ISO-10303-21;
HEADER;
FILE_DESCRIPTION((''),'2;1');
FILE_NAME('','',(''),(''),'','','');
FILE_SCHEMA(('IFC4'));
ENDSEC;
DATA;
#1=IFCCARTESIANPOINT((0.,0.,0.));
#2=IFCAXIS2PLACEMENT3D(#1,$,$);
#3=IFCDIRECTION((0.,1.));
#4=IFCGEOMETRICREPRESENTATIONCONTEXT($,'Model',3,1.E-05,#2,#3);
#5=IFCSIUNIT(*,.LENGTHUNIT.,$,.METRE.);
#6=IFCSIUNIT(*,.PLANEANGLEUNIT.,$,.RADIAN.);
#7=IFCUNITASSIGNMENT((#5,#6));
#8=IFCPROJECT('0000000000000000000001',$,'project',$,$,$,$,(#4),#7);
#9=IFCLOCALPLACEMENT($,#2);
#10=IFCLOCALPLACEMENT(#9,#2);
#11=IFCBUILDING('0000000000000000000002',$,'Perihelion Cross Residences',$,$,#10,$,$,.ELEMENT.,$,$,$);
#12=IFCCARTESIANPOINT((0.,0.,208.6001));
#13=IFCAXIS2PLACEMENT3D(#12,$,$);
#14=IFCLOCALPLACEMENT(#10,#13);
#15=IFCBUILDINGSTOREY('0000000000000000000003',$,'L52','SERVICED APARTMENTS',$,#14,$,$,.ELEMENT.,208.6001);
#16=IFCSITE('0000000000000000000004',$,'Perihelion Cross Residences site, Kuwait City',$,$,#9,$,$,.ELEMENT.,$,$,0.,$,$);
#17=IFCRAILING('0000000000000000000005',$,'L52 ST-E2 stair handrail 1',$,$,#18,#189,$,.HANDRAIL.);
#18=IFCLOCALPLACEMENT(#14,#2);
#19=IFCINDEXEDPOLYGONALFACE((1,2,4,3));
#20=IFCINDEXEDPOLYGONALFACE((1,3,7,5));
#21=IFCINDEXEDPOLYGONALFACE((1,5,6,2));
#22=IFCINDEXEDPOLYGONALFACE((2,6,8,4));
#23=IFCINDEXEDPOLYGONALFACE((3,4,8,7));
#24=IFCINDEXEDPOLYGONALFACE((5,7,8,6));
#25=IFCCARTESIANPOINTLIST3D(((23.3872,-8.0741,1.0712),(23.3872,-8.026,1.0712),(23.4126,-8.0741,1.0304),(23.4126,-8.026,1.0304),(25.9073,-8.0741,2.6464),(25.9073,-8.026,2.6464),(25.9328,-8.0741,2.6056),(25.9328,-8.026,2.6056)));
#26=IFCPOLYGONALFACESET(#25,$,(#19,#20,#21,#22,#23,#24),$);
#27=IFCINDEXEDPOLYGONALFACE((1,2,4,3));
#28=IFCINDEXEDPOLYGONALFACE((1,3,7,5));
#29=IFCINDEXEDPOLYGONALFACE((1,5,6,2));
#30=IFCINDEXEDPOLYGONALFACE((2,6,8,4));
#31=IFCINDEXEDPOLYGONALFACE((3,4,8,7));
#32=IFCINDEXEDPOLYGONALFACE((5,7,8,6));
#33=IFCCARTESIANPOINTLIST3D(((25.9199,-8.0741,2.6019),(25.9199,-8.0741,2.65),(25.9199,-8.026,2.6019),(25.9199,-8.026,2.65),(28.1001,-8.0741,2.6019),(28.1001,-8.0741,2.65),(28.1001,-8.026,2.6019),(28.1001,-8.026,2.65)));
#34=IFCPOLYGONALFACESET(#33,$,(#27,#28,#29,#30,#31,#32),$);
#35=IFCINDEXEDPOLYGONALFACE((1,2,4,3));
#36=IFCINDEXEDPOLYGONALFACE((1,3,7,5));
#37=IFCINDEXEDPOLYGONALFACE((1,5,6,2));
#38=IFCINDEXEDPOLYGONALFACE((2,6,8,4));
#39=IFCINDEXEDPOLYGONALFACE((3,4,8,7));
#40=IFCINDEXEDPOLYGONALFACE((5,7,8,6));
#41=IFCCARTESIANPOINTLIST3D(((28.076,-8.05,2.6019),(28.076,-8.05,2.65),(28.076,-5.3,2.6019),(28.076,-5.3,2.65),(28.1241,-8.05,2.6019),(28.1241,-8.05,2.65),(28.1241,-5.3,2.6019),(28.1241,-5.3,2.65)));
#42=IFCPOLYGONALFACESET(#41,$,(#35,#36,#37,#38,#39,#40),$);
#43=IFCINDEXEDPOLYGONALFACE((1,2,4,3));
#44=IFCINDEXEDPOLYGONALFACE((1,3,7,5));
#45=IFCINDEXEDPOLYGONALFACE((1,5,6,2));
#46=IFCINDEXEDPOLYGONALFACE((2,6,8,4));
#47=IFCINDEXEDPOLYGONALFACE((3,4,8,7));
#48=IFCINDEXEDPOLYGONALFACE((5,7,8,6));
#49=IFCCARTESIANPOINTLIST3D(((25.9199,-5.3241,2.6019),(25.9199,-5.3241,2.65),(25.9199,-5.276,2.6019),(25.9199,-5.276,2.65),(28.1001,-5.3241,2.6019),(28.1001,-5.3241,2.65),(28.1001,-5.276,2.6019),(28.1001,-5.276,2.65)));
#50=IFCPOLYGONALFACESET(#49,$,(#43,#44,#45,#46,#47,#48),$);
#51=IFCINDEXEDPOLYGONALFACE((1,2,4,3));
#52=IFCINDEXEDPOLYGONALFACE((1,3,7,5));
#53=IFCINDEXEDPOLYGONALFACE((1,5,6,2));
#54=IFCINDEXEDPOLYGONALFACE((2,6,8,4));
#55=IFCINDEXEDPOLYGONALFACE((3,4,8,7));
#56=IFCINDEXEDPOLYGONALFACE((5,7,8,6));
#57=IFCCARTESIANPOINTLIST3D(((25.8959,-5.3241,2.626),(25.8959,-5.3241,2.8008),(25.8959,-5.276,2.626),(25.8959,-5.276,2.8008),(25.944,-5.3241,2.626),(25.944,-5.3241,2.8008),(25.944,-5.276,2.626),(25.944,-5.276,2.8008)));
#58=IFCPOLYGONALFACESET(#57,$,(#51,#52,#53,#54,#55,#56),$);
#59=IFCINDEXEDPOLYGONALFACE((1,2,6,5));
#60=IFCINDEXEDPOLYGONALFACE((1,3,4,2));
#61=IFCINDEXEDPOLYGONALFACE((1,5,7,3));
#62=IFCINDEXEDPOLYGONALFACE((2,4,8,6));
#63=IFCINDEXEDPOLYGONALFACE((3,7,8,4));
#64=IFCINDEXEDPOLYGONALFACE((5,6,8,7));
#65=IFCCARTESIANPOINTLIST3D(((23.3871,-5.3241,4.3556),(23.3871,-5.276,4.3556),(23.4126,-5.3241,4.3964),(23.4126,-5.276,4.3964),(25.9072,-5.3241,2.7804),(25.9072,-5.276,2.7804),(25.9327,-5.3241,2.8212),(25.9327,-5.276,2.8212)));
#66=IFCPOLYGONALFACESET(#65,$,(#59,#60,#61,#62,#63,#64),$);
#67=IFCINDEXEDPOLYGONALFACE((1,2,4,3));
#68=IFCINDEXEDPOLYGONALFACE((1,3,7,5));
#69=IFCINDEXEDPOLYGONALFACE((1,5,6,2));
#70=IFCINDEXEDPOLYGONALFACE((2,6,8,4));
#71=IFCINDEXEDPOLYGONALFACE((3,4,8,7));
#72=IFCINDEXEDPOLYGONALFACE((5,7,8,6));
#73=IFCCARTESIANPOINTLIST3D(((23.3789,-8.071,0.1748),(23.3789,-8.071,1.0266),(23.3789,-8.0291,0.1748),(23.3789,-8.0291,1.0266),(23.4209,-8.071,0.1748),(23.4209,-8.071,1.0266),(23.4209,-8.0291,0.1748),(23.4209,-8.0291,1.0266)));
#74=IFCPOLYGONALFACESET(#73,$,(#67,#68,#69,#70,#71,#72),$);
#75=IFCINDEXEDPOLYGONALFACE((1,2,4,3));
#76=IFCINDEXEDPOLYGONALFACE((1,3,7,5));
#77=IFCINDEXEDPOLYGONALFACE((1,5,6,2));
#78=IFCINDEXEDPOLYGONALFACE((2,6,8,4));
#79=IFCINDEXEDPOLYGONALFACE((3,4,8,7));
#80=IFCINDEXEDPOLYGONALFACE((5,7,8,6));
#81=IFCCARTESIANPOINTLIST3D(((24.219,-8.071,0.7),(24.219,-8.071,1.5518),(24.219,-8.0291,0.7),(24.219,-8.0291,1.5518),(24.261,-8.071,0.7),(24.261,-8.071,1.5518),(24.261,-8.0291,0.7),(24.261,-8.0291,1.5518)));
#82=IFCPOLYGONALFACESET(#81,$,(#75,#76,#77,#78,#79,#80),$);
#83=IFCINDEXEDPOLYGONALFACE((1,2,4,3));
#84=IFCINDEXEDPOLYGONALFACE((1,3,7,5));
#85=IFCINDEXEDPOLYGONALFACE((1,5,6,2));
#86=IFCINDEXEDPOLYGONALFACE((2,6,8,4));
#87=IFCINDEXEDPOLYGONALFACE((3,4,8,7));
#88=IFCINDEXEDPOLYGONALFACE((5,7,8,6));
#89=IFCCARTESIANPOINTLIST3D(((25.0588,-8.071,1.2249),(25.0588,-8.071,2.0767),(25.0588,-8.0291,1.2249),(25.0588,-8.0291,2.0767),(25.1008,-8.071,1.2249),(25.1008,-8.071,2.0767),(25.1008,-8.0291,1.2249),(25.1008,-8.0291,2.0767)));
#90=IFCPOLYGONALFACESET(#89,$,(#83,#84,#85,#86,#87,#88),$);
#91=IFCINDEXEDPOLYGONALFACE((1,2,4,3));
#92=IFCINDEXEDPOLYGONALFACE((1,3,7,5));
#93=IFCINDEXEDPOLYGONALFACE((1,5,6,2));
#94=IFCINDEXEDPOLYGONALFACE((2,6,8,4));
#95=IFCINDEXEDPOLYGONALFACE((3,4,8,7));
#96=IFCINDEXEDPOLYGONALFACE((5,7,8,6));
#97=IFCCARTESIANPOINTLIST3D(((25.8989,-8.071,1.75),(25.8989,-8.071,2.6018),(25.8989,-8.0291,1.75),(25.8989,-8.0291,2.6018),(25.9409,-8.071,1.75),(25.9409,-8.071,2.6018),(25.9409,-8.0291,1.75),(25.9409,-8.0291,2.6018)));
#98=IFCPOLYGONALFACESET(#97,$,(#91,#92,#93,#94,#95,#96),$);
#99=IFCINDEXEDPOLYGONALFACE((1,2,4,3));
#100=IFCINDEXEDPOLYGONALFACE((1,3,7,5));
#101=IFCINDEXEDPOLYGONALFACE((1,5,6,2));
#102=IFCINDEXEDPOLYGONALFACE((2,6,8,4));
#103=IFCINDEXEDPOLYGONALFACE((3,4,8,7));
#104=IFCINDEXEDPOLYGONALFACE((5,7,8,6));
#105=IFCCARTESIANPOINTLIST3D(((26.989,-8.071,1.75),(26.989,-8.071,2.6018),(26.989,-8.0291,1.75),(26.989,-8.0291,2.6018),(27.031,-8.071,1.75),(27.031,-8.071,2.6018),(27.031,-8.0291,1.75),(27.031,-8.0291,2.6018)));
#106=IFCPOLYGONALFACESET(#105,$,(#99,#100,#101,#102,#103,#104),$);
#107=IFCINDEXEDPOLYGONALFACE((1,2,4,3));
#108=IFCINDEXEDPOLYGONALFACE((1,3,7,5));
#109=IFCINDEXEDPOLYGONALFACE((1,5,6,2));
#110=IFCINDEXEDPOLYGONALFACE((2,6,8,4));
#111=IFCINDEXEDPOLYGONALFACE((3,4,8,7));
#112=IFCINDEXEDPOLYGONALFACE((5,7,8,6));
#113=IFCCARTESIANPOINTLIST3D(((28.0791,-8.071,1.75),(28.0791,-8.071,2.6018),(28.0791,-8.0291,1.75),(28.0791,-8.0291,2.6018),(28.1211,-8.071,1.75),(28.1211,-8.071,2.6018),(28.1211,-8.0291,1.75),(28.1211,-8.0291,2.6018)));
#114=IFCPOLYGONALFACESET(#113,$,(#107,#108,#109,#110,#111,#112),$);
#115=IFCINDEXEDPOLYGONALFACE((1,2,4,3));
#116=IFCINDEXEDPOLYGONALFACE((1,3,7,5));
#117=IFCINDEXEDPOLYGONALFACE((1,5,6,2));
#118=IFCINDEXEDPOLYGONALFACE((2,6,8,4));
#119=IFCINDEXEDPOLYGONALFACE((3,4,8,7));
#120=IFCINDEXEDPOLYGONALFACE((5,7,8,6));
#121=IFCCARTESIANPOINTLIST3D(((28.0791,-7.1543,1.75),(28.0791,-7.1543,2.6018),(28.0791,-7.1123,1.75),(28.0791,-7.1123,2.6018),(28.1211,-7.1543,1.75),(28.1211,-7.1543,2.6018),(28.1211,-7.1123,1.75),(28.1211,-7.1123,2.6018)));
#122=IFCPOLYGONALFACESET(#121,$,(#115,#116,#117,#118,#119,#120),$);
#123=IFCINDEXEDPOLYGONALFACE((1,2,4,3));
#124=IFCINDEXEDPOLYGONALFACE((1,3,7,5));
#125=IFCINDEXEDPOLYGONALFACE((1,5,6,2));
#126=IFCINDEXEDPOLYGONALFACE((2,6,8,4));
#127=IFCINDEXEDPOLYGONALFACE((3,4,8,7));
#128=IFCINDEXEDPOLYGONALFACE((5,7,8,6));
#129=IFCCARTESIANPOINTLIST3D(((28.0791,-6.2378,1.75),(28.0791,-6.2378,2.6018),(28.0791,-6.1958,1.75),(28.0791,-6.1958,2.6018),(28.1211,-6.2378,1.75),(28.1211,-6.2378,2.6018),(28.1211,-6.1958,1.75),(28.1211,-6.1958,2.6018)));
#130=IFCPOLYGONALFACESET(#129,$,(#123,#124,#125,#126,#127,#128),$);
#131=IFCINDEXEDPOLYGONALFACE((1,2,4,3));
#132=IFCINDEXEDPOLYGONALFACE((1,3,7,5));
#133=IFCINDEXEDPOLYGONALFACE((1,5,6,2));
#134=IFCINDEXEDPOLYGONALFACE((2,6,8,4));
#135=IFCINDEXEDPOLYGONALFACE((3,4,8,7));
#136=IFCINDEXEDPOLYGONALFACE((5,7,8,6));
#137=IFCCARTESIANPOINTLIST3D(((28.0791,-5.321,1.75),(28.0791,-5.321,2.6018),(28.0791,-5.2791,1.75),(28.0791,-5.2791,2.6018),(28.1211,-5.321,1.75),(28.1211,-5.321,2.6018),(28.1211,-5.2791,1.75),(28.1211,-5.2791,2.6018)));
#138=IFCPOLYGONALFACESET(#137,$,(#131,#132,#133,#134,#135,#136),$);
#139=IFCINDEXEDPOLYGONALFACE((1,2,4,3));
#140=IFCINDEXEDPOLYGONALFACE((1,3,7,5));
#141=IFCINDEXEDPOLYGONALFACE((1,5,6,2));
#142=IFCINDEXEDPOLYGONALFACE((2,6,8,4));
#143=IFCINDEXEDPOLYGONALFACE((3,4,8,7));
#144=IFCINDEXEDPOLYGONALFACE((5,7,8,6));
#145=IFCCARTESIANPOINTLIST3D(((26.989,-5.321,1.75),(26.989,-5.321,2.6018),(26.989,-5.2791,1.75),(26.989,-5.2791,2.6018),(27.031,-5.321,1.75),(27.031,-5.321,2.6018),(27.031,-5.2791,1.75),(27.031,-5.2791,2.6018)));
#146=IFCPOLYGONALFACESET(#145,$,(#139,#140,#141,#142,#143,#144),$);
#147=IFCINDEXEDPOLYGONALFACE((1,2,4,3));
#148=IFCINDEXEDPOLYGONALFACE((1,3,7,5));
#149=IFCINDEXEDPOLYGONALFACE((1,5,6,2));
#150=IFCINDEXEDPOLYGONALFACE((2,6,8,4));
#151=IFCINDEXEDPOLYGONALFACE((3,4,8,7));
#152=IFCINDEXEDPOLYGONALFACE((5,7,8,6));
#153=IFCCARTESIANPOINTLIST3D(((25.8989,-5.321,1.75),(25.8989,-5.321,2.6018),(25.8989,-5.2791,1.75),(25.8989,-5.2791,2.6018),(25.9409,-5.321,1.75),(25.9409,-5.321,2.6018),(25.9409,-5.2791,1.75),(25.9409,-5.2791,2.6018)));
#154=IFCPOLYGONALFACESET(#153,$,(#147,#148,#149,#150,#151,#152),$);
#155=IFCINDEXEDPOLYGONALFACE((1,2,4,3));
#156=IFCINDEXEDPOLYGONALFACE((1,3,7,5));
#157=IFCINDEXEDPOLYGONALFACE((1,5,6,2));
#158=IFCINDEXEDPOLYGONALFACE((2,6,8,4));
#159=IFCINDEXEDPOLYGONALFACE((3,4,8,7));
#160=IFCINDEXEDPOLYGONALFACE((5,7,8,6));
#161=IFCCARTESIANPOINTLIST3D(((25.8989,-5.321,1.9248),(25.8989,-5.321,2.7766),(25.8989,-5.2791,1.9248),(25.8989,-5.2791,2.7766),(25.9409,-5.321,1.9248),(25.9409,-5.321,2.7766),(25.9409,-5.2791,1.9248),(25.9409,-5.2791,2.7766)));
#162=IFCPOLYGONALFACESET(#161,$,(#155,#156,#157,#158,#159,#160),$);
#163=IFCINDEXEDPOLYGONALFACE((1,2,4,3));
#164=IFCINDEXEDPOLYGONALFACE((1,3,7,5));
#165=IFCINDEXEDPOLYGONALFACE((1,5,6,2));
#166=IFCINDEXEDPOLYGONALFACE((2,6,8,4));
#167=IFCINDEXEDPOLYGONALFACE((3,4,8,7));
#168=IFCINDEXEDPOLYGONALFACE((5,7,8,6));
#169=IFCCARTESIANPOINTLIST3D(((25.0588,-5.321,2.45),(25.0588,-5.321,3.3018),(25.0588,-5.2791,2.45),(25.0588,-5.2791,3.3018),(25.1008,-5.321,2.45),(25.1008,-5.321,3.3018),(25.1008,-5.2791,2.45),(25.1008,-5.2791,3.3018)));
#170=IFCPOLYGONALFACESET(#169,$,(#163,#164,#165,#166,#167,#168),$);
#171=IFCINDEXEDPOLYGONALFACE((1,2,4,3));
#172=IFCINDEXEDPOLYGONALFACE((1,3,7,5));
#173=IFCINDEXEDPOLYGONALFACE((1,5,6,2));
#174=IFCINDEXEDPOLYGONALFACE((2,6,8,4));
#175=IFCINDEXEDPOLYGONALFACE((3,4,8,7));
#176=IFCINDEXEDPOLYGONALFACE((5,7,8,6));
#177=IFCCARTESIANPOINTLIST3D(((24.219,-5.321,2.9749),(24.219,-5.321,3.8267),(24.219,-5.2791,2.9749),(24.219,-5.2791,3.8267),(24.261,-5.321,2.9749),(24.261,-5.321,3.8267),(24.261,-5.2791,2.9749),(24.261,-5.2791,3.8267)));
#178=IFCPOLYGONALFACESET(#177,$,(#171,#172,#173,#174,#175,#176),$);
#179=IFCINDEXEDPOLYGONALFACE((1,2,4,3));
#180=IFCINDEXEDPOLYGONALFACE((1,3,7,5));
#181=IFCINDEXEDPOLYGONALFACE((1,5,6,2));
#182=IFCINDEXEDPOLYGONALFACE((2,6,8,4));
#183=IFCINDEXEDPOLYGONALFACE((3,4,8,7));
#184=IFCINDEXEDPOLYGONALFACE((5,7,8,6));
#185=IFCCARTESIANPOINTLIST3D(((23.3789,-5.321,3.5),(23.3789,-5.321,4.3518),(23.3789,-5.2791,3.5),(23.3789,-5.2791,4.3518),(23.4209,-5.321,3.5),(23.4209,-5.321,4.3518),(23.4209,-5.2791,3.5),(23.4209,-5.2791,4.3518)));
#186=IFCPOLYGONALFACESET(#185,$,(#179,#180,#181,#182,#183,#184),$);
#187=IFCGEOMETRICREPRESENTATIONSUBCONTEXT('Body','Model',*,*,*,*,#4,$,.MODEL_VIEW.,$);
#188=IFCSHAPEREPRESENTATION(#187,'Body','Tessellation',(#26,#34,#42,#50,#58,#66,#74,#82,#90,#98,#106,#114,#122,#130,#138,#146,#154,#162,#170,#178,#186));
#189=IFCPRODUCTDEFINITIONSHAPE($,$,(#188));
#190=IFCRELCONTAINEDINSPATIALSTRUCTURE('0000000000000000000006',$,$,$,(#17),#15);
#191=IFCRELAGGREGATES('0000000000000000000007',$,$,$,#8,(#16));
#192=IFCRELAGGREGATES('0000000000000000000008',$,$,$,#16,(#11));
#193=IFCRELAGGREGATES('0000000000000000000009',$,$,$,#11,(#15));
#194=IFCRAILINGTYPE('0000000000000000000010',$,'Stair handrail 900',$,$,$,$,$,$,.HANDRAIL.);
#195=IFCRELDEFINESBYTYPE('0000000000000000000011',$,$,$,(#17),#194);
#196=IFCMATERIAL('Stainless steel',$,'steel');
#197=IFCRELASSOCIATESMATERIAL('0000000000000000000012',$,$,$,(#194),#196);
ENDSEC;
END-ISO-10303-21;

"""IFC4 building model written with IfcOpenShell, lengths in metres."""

from ifc_helpers import new_model, si_unit, direction, frame, origin, origin_2d, place, context, subcontext, project, spatial, rectangle, extrude, material, type_object, element, save


model = new_model("IFC4")

# Units and contexts
model_context = context("Model", 3, precision=1e-05, world=origin(), true_north=direction((0.0, 1.0)))
body_context = subcontext(model_context, "Body", "Model", "MODEL_VIEW")
ifc_project = project(units=[si_unit("LENGTHUNIT", "METRE"), si_unit("PLANEANGLEUNIT", "RADIAN")], contexts=[model_context])

# Site, building, storey
site_placement = place(None, origin())
site = spatial("IfcSite", under=ifc_project, at=site_placement, Name="Perihelion Cross Residences site, Kuwait City", CompositionType="ELEMENT", RefElevation=0.0)
building_placement = place(site_placement, origin())
building = spatial("IfcBuilding", under=site, at=building_placement, Name="Perihelion Cross Residences", CompositionType="ELEMENT")
storey_placement = place(building_placement, frame((0.0, 0.0, 208.6001)))
storey = spatial("IfcBuildingStorey", under=building, at=storey_placement, Name="L52", Description="SERVICED APARTMENTS", CompositionType="ELEMENT", Elevation=208.6001)

# Railing
ifc_material_1 = material(Name="Stainless steel", Category="steel")
railing_type_1 = type_object("IfcRailingType", Name="Stair handrail 900", PredefinedType="HANDRAIL", material=ifc_material_1)
railing_1_placement = place(storey_placement, frame((23.3999, -8.05, 0.1748)))
element("IfcRailing", 1, at=railing_1_placement, inside=storey, type_object=railing_type_1, Name="L52 ST-E2 stair handrail 1", PredefinedType="HANDRAIL", context=body_context, shape_type="SweptSolid", body=[
    extrude(rectangle(XDim=0.0481, YDim=0.0481, at=origin_2d()), frame((0.0, 0.0, 0.876), z_axis=(0.847971, 0.0, 0.530043), x_axis=(0.0, 1.0, 0.0)), (0.0, 0.0, 1.0), 2.9719),
    extrude(rectangle(XDim=0.0481, YDim=0.0481, at=origin_2d()), frame((2.52, 0.0, 2.4512), z_axis=(1.0, 0.0, 0.0), x_axis=(0.0, 1.0, 0.0)), (0.0, 0.0, 1.0), 2.1802),
    extrude(rectangle(XDim=0.0481, YDim=0.0481, at=origin_2d()), frame((4.7002, 0.0, 2.4512), z_axis=(0.0, 1.0, 0.0), x_axis=(-1.0, 0.0, 0.0)), (0.0, 0.0, 1.0), 2.75),
    extrude(rectangle(XDim=0.0481, YDim=0.0481, at=origin_2d()), frame((4.7002, 2.75, 2.4512), z_axis=(-1.0, 0.0, 0.0), x_axis=(0.0, -1.0, 0.0)), (0.0, 0.0, 1.0), 2.1802),
    extrude(rectangle(XDim=0.0481, YDim=0.0481, at=origin_2d()), frame((2.52, 2.75, 2.4512), z_axis=(0.0, 0.0, 1.0), x_axis=(1.0, 0.0, 0.0)), (0.0, 0.0, 1.0), 0.1748),
    extrude(rectangle(XDim=0.0481, YDim=0.0481, at=origin_2d()), frame((2.52, 2.75, 2.626), z_axis=(-0.847971, 0.0, 0.530043), x_axis=(0.0, -1.0, 0.0)), (0.0, 0.0, 1.0), 2.9719),
    extrude(rectangle(XDim=0.042, YDim=0.042, at=origin_2d()), origin(), (0.0, 0.0, 1.0), 0.8518),
    extrude(rectangle(XDim=0.042, YDim=0.042, at=origin_2d()), frame((0.8401, 0.0, 0.5251)), (0.0, 0.0, 1.0), 0.8518),
    extrude(rectangle(XDim=0.042, YDim=0.042, at=origin_2d()), frame((1.6799, 0.0, 1.05)), (0.0, 0.0, 1.0), 0.8518),
    extrude(rectangle(XDim=0.042, YDim=0.042, at=origin_2d()), frame((2.52, 0.0, 1.5752)), (0.0, 0.0, 1.0), 0.8518),
    extrude(rectangle(XDim=0.042, YDim=0.042, at=origin_2d()), frame((3.6101, 0.0, 1.5752)), (0.0, 0.0, 1.0), 0.8518),
    extrude(rectangle(XDim=0.042, YDim=0.042, at=origin_2d()), frame((4.7002, 0.0, 1.5752)), (0.0, 0.0, 1.0), 0.8518),
    extrude(rectangle(XDim=0.042, YDim=0.042, at=origin_2d()), frame((4.7002, 0.9167, 1.5752)), (0.0, 0.0, 1.0), 0.8518),
    extrude(rectangle(XDim=0.042, YDim=0.042, at=origin_2d()), frame((4.7002, 1.8333, 1.5752)), (0.0, 0.0, 1.0), 0.8518),
    extrude(rectangle(XDim=0.042, YDim=0.042, at=origin_2d()), frame((4.7002, 2.75, 1.5752)), (0.0, 0.0, 1.0), 0.8518),
    extrude(rectangle(XDim=0.042, YDim=0.042, at=origin_2d()), frame((3.6101, 2.75, 1.5752)), (0.0, 0.0, 1.0), 0.8518),
    extrude(rectangle(XDim=0.042, YDim=0.042, at=origin_2d()), frame((2.52, 2.75, 1.5752)), (0.0, 0.0, 1.0), 0.8518),
    extrude(rectangle(XDim=0.042, YDim=0.042, at=origin_2d()), frame((2.52, 2.75, 1.75)), (0.0, 0.0, 1.0), 0.8518),
    extrude(rectangle(XDim=0.042, YDim=0.042, at=origin_2d()), frame((1.6799, 2.75, 2.2751)), (0.0, 0.0, 1.0), 0.8518),
    extrude(rectangle(XDim=0.042, YDim=0.042, at=origin_2d()), frame((0.8401, 2.75, 2.8)), (0.0, 0.0, 1.0), 0.8518),
    extrude(rectangle(XDim=0.042, YDim=0.042, at=origin_2d()), frame((0.0, 2.75, 3.3252)), (0.0, 0.0, 1.0), 0.8518),
])

save(model, "model.ifc")
